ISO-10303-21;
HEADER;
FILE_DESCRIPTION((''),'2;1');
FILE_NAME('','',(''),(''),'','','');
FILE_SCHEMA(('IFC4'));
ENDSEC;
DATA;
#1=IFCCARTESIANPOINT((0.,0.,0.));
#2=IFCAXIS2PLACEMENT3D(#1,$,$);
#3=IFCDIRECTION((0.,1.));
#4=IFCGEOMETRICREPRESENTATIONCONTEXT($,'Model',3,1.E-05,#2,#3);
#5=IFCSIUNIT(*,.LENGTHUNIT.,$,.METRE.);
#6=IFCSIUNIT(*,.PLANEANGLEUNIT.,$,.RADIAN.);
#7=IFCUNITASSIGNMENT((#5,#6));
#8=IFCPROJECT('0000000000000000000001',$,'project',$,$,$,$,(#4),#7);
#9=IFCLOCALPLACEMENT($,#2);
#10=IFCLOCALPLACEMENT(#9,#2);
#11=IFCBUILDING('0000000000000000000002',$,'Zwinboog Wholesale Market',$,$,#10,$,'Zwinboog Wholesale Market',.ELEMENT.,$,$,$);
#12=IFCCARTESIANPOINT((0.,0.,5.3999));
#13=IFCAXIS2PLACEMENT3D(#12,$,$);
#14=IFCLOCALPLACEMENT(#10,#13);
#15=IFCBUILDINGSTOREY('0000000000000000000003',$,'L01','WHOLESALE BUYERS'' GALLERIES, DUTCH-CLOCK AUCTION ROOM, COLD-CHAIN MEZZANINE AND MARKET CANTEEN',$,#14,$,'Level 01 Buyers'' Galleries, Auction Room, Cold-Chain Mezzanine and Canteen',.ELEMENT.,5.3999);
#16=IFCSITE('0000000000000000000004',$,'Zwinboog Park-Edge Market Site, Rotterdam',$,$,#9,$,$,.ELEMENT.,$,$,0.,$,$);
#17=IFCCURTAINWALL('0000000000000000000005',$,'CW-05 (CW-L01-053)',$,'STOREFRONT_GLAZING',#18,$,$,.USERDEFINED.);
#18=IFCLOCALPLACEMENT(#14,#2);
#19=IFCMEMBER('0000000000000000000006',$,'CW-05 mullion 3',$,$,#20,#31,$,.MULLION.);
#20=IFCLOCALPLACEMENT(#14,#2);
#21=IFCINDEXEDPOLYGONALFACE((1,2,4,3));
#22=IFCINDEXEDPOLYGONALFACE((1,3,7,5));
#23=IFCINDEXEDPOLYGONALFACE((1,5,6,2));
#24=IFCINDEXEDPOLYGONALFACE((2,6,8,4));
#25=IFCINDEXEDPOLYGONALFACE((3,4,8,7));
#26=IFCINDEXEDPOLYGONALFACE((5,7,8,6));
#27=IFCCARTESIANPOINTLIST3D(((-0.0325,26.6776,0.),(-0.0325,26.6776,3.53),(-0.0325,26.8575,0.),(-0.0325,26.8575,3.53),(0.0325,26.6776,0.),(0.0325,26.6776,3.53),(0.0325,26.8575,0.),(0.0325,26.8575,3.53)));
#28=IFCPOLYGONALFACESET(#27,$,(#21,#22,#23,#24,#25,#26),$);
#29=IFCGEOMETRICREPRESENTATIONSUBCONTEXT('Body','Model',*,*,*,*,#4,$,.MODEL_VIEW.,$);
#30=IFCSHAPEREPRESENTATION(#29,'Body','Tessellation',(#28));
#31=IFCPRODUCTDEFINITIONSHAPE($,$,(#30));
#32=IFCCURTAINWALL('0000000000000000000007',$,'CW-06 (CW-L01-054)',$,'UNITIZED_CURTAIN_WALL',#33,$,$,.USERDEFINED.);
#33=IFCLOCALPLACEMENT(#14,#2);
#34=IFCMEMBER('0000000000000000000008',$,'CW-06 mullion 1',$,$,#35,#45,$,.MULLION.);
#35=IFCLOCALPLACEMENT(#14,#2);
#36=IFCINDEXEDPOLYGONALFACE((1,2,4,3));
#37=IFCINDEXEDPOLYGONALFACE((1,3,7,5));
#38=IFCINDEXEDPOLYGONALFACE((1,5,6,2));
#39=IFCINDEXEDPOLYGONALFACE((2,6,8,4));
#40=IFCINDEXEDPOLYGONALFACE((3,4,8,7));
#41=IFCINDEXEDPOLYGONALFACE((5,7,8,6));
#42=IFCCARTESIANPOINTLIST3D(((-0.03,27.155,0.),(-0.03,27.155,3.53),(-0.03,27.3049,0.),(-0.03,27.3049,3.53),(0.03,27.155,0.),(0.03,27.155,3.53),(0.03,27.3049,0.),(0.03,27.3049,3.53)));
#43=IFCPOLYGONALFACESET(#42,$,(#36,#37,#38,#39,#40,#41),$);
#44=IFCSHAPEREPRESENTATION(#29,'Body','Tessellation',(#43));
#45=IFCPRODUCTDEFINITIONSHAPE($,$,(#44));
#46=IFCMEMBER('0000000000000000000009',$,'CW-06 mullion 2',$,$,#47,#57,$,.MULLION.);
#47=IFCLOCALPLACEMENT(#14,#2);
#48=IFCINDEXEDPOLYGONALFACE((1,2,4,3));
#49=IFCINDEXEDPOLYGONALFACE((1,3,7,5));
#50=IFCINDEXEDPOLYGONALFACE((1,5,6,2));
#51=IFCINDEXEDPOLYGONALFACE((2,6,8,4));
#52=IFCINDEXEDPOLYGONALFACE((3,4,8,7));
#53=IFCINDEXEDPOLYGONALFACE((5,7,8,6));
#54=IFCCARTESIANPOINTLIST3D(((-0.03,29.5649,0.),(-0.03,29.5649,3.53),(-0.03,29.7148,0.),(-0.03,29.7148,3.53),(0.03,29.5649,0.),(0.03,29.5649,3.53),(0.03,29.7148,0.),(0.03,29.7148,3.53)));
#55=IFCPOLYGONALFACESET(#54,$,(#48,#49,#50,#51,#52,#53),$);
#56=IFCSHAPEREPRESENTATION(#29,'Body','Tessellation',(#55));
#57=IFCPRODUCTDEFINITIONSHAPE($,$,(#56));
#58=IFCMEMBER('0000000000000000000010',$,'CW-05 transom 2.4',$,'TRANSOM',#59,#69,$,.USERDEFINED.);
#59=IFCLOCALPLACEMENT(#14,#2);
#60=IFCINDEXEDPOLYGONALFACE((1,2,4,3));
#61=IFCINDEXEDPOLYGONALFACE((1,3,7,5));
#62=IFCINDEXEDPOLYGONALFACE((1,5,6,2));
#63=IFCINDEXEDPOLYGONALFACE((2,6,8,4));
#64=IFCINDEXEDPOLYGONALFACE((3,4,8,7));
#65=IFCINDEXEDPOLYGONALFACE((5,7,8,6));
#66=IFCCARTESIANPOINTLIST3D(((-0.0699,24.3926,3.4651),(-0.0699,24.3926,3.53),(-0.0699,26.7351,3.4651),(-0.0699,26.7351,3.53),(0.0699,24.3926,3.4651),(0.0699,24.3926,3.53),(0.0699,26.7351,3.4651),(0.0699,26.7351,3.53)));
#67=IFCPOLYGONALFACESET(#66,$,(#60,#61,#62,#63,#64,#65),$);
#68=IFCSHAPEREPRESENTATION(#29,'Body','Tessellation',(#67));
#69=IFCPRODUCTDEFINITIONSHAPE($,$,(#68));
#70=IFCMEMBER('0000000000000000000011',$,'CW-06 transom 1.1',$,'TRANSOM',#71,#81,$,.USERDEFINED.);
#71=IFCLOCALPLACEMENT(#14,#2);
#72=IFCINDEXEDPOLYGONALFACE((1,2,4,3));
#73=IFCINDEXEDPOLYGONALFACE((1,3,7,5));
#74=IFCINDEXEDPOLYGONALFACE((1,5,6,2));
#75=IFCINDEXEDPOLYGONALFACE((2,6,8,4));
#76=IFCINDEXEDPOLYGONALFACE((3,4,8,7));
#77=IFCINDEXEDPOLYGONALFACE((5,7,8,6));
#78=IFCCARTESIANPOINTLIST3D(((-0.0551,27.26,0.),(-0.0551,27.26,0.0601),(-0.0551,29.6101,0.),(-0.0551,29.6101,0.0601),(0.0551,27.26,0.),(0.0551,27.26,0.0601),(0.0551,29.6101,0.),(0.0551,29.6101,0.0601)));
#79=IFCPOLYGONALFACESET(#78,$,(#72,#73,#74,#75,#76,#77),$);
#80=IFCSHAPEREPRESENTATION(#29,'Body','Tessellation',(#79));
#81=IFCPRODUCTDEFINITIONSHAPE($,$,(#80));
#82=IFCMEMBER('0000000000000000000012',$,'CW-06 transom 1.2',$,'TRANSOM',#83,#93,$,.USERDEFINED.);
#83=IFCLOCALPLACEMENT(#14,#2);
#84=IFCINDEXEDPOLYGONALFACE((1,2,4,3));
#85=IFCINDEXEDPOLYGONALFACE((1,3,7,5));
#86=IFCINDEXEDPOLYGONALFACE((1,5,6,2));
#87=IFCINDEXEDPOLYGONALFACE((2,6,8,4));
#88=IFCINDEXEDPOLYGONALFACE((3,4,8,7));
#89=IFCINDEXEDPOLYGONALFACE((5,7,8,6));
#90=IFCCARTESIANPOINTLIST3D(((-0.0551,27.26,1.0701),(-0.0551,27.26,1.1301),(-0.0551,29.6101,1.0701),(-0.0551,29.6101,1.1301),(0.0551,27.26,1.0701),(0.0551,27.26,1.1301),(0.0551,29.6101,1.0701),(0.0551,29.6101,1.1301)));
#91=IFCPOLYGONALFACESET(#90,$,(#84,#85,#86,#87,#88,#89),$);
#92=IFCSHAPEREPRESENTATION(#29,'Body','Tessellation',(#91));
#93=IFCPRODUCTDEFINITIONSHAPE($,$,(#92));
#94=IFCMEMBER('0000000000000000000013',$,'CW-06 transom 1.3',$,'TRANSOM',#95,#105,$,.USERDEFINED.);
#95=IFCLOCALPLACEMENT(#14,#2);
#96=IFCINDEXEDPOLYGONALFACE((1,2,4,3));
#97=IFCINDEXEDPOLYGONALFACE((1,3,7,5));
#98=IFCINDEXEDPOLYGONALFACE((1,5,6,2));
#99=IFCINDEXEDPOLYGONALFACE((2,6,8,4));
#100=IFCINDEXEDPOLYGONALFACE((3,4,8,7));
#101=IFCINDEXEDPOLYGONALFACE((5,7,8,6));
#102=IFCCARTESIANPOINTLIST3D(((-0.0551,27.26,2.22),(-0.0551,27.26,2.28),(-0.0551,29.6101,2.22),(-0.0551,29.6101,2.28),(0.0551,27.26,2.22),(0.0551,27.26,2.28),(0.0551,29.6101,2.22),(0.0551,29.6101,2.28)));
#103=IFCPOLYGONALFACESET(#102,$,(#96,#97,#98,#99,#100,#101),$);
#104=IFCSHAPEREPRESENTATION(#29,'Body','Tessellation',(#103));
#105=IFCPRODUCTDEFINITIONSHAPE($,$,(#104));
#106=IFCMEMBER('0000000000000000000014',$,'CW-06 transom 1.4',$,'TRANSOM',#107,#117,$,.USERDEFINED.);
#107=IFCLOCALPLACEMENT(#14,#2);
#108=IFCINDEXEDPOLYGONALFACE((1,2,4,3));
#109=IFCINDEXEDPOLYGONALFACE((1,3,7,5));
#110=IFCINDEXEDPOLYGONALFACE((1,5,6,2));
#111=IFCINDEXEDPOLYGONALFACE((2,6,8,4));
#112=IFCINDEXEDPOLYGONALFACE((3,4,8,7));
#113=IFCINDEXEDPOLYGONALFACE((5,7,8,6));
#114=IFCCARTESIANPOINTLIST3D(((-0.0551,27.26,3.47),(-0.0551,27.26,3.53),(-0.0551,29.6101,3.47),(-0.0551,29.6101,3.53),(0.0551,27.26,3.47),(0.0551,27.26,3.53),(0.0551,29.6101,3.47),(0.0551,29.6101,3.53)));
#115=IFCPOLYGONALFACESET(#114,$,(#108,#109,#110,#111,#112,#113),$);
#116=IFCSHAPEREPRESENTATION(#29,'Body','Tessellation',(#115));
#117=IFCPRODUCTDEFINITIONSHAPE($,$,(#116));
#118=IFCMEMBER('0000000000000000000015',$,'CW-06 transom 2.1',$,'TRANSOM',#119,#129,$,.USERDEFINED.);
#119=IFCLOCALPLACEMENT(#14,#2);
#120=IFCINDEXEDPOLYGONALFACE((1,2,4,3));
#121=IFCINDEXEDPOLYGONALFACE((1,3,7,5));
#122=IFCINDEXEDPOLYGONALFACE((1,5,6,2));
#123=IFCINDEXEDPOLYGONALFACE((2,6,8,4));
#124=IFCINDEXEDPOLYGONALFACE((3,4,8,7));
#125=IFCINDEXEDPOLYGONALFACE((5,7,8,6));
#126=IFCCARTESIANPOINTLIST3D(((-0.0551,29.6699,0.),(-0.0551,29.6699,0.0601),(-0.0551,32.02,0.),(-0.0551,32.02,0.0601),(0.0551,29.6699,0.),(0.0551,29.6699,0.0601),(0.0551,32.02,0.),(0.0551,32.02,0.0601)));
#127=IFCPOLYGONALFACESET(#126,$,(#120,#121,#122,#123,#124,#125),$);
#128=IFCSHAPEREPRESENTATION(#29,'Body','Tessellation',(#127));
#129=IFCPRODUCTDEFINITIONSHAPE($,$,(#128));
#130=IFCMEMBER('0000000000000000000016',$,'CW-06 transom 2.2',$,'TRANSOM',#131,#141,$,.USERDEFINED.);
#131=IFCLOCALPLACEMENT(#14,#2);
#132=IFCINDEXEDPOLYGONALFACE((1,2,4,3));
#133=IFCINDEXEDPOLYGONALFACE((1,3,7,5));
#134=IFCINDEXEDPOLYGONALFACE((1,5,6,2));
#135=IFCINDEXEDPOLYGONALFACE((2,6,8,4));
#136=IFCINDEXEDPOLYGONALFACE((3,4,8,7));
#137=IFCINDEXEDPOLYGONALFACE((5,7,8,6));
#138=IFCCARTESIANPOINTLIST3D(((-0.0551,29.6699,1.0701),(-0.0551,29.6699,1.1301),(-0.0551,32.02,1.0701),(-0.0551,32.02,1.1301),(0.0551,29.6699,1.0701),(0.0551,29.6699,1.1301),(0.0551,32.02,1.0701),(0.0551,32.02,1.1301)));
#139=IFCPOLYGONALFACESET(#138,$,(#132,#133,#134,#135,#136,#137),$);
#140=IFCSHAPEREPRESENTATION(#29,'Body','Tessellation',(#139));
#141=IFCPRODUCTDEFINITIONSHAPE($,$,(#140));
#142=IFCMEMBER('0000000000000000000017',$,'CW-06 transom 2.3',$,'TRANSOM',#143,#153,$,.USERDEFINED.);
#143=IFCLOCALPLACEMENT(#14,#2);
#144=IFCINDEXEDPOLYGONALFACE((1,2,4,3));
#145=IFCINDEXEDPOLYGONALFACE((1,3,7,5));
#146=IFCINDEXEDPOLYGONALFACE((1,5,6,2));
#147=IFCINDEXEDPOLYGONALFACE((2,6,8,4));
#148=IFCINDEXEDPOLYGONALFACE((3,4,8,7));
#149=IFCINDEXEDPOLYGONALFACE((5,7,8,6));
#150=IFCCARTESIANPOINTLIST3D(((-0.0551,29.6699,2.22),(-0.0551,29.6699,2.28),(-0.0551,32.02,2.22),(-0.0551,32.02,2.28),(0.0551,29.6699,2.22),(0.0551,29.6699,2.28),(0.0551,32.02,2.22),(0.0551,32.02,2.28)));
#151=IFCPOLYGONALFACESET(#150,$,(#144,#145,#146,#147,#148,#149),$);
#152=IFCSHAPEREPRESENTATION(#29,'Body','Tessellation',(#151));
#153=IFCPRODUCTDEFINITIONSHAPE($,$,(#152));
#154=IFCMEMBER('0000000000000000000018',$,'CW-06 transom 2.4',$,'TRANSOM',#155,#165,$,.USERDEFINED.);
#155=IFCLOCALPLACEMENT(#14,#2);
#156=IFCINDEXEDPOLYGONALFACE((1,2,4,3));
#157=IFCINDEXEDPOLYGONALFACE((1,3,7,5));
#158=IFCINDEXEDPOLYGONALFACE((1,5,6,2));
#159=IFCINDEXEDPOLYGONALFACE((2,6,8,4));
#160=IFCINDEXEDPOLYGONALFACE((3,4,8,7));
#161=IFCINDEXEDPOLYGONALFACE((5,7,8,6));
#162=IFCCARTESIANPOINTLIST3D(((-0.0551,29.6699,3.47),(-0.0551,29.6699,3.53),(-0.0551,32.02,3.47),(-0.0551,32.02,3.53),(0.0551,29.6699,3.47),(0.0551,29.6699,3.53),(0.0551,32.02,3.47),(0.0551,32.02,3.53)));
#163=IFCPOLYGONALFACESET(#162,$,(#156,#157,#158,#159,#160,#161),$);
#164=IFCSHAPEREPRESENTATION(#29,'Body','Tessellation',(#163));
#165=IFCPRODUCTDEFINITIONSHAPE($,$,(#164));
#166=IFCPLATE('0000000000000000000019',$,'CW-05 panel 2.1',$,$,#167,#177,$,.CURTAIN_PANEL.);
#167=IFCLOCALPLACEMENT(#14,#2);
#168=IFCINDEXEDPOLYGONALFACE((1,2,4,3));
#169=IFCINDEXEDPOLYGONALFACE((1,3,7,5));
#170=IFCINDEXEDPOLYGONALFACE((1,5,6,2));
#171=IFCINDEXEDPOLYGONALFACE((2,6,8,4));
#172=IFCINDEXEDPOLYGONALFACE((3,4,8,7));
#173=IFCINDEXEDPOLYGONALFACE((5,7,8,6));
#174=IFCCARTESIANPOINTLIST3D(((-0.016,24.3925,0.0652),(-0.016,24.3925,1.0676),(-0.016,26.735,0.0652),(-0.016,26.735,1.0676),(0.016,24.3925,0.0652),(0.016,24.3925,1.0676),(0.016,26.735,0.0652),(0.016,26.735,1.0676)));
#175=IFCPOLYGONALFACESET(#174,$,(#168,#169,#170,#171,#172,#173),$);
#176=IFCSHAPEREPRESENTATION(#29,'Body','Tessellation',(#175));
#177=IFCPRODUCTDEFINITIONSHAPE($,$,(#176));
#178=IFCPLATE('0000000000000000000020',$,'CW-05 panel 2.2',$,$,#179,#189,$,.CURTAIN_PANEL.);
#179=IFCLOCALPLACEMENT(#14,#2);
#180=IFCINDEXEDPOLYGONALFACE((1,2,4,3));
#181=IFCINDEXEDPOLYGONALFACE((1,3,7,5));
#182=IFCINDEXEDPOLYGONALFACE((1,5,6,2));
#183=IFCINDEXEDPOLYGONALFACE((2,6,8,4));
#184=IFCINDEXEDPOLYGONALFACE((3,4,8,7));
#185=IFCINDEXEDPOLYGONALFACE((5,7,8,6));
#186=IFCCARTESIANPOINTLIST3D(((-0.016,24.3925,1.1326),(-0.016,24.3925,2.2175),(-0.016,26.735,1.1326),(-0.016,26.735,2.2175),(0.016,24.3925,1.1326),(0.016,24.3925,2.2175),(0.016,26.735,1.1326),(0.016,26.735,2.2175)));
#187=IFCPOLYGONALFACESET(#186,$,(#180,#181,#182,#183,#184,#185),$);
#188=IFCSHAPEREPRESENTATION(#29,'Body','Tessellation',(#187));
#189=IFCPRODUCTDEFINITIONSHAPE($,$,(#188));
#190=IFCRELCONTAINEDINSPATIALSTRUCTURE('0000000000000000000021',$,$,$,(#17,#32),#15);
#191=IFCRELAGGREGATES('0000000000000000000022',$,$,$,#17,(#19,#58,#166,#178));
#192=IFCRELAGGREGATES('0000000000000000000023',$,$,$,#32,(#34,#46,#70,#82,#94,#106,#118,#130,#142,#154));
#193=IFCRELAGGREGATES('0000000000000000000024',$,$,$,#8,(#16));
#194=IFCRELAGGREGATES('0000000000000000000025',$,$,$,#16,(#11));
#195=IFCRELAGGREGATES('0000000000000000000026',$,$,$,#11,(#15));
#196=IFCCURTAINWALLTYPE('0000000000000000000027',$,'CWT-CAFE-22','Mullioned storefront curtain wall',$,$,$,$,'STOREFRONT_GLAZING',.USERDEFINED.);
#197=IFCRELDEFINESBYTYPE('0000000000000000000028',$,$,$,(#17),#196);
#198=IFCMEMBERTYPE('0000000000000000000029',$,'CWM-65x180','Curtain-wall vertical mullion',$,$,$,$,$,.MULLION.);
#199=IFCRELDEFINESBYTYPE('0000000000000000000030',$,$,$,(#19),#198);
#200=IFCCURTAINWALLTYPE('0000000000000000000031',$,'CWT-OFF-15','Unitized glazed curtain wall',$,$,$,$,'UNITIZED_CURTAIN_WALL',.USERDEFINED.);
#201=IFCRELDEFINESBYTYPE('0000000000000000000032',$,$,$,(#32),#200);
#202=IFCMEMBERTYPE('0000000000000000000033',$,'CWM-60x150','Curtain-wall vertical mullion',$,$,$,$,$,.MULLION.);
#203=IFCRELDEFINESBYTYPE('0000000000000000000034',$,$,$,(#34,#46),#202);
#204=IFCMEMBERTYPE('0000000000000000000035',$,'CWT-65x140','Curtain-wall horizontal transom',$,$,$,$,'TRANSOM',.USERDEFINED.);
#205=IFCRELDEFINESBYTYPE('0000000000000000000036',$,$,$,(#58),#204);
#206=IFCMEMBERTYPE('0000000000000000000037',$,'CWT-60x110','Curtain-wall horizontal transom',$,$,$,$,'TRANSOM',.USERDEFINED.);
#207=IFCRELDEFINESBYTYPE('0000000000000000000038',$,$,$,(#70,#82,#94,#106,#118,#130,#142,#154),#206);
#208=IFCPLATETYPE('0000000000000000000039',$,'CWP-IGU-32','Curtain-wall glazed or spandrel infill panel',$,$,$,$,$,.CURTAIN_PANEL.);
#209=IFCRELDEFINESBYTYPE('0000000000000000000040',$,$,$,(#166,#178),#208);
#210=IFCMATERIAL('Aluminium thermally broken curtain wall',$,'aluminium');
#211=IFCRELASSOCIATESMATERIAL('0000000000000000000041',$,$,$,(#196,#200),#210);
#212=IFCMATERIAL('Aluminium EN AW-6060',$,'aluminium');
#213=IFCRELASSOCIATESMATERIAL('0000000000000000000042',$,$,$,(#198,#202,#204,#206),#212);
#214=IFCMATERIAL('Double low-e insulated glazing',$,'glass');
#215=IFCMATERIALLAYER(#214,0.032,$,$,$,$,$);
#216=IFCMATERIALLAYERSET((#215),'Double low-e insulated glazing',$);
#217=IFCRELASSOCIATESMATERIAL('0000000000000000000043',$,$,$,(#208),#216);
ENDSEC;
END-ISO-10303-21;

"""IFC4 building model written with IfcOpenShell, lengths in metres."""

from ifc_helpers import new_model, si_unit, direction, frame, origin, origin_2d, place, context, subcontext, project, spatial, rectangle, extrude, material, layer, layer_set, material_profile, profile_set, type_object, element, aggregate, save


model = new_model("IFC4")

# Units and contexts
model_context = context("Model", 3, precision=1e-05, world=origin(), true_north=direction((0.0, 1.0)))
body_context = subcontext(model_context, "Body", "Model", "MODEL_VIEW")
ifc_project = project(units=[si_unit("LENGTHUNIT", "METRE"), si_unit("PLANEANGLEUNIT", "RADIAN")], contexts=[model_context])

# Site, building, storey
site_placement = place(None, origin())
site = spatial("IfcSite", under=ifc_project, at=site_placement, Name="Zwinboog Park-Edge Market Site, Rotterdam", CompositionType="ELEMENT", RefElevation=0.0)
building_placement = place(site_placement, origin())
building = spatial("IfcBuilding", under=site, at=building_placement, Name="Zwinboog Wholesale Market", LongName="Zwinboog Wholesale Market", CompositionType="ELEMENT")
storey_placement = place(building_placement, frame((0.0, 0.0, 5.3999)))
storey = spatial("IfcBuildingStorey", under=building, at=storey_placement, Name="L01", Description="WHOLESALE BUYERS' GALLERIES, DUTCH-CLOCK AUCTION ROOM, COLD-CHAIN MEZZANINE AND MARKET CANTEEN", LongName="Level 01 Buyers' Galleries, Auction Room, Cold-Chain Mezzanine and Canteen", CompositionType="ELEMENT", Elevation=5.3999)

# Curtain wall, member
ifc_material_1 = material(Name="Aluminium thermally broken curtain wall", Category="aluminium")
curtain_wall_type_1 = type_object("IfcCurtainWallType", Name="CWT-CAFE-22", Description="Mullioned storefront curtain wall", ElementType="STOREFRONT_GLAZING", PredefinedType="USERDEFINED", material=ifc_material_1)
curtain_wall_1_placement = place(storey_placement, origin())
curtain_wall_1 = element("IfcCurtainWall", 1, at=curtain_wall_1_placement, inside=storey, type_object=curtain_wall_type_1, Name="CW-05 (CW-L01-053)", ObjectType="STOREFRONT_GLAZING", PredefinedType="USERDEFINED")
ifc_material_2 = material(Name="Aluminium EN AW-6060", Category="aluminium")
ifc_material_profile_1 = material_profile(ifc_material_2, rectangle(XDim=0.0649, YDim=0.1799, at=origin_2d()), Name="AL 65x180")
ifc_profile_set_1 = profile_set([ifc_material_profile_1], Name="Aluminium EN AW-6060")
member_type_1 = type_object("IfcMemberType", Name="CWM-65x180", Description="Curtain-wall vertical mullion", PredefinedType="MULLION", material=ifc_profile_set_1)
member_1_placement = place(storey_placement, frame((0.0, 26.7676, 0.0), z_axis=(0.0, 0.0, 1.0), x_axis=(-1.0, 0.0, 0.0)))
member_1 = element("IfcMember", 2, at=member_1_placement, type_object=member_type_1, Name="CW-05 mullion 3", PredefinedType="MULLION", context=body_context, shape_type="SweptSolid", body=[
    extrude(rectangle(XDim=0.0649, YDim=0.1799, at=origin_2d()), origin(), (0.0, 0.0, 1.0), 3.53),
])

# Curtain wall, members
curtain_wall_type_2 = type_object("IfcCurtainWallType", Name="CWT-OFF-15", Description="Unitized glazed curtain wall", ElementType="UNITIZED_CURTAIN_WALL", PredefinedType="USERDEFINED", material=ifc_material_1)
curtain_wall_2_placement = place(storey_placement, origin())
curtain_wall_2 = element("IfcCurtainWall", 3, at=curtain_wall_2_placement, inside=storey, type_object=curtain_wall_type_2, Name="CW-06 (CW-L01-054)", ObjectType="UNITIZED_CURTAIN_WALL", PredefinedType="USERDEFINED")
ifc_material_profile_2 = material_profile(ifc_material_2, rectangle(XDim=0.0601, YDim=0.1499, at=origin_2d()), Name="AL 60x150")
ifc_profile_set_2 = profile_set([ifc_material_profile_2], Name="Aluminium EN AW-6060")
member_type_2 = type_object("IfcMemberType", Name="CWM-60x150", Description="Curtain-wall vertical mullion", PredefinedType="MULLION", material=ifc_profile_set_2)
member_2_placement = place(storey_placement, frame((0.0, 27.23, 0.0), z_axis=(0.0, 0.0, 1.0), x_axis=(-1.0, 0.0, 0.0)))
member_2 = element("IfcMember", 4, at=member_2_placement, type_object=member_type_2, Name="CW-06 mullion 1", PredefinedType="MULLION", context=body_context, shape_type="SweptSolid", body=[
    extrude(rectangle(XDim=0.0601, YDim=0.1499, at=origin_2d()), origin(), (0.0, 0.0, 1.0), 3.53),
])
member_3_placement = place(storey_placement, frame((0.0, 29.6399, 0.0), z_axis=(0.0, 0.0, 1.0), x_axis=(-1.0, 0.0, 0.0)))
member_3 = element("IfcMember", 5, at=member_3_placement, type_object=member_type_2, Name="CW-06 mullion 2", PredefinedType="MULLION", context=body_context, shape_type="SweptSolid", body=[
    extrude(rectangle(XDim=0.0601, YDim=0.1499, at=origin_2d()), origin(), (0.0, 0.0, 1.0), 3.53),
])

# Members
ifc_material_profile_3 = material_profile(ifc_material_2, rectangle(XDim=0.1399, YDim=0.0649, at=origin_2d()), Name="AL 65x140")
ifc_profile_set_3 = profile_set([ifc_material_profile_3], Name="Aluminium EN AW-6060")
member_type_3 = type_object("IfcMemberType", Name="CWT-65x140", Description="Curtain-wall horizontal transom", ElementType="TRANSOM", PredefinedType="USERDEFINED", material=ifc_profile_set_3)
member_4_placement = place(storey_placement, frame((0.0, 24.3926, 3.4976), z_axis=(0.0, 1.0, 0.0), x_axis=(-1.0, 0.0, 0.0)))
member_4 = element("IfcMember", 6, at=member_4_placement, type_object=member_type_3, Name="CW-05 transom 2.4", ObjectType="TRANSOM", PredefinedType="USERDEFINED", context=body_context, shape_type="SweptSolid", body=[
    extrude(rectangle(XDim=0.1399, YDim=0.0649, at=origin_2d()), origin(), (0.0, 0.0, 1.0), 2.3425),
])
ifc_material_profile_4 = material_profile(ifc_material_2, rectangle(XDim=0.1101, YDim=0.0601, at=origin_2d()), Name="AL 60x110")
ifc_profile_set_4 = profile_set([ifc_material_profile_4], Name="Aluminium EN AW-6060")
member_type_4 = type_object("IfcMemberType", Name="CWT-60x110", Description="Curtain-wall horizontal transom", ElementType="TRANSOM", PredefinedType="USERDEFINED", material=ifc_profile_set_4)
member_5_placement = place(storey_placement, frame((0.0, 27.26, 0.03), z_axis=(0.0, 1.0, 0.0), x_axis=(-1.0, 0.0, 0.0)))
member_5 = element("IfcMember", 7, at=member_5_placement, type_object=member_type_4, Name="CW-06 transom 1.1", ObjectType="TRANSOM", PredefinedType="USERDEFINED", context=body_context, shape_type="SweptSolid", body=[
    extrude(rectangle(XDim=0.1101, YDim=0.0601, at=origin_2d()), origin(), (0.0, 0.0, 1.0), 2.3501),
])
member_6_placement = place(storey_placement, frame((0.0, 27.26, 1.1001), z_axis=(0.0, 1.0, 0.0), x_axis=(-1.0, 0.0, 0.0)))
member_6 = element("IfcMember", 8, at=member_6_placement, type_object=member_type_4, Name="CW-06 transom 1.2", ObjectType="TRANSOM", PredefinedType="USERDEFINED", context=body_context, shape_type="SweptSolid", body=[
    extrude(rectangle(XDim=0.1101, YDim=0.0601, at=origin_2d()), origin(), (0.0, 0.0, 1.0), 2.3501),
])
member_7_placement = place(storey_placement, frame((0.0, 27.26, 2.25), z_axis=(0.0, 1.0, 0.0), x_axis=(-1.0, 0.0, 0.0)))
member_7 = element("IfcMember", 9, at=member_7_placement, type_object=member_type_4, Name="CW-06 transom 1.3", ObjectType="TRANSOM", PredefinedType="USERDEFINED", context=body_context, shape_type="SweptSolid", body=[
    extrude(rectangle(XDim=0.1101, YDim=0.0601, at=origin_2d()), origin(), (0.0, 0.0, 1.0), 2.3501),
])
member_8_placement = place(storey_placement, frame((0.0, 27.26, 3.5), z_axis=(0.0, 1.0, 0.0), x_axis=(-1.0, 0.0, 0.0)))
member_8 = element("IfcMember", 10, at=member_8_placement, type_object=member_type_4, Name="CW-06 transom 1.4", ObjectType="TRANSOM", PredefinedType="USERDEFINED", context=body_context, shape_type="SweptSolid", body=[
    extrude(rectangle(XDim=0.1101, YDim=0.0601, at=origin_2d()), origin(), (0.0, 0.0, 1.0), 2.3501),
])
member_9_placement = place(storey_placement, frame((0.0, 29.6699, 0.03), z_axis=(0.0, 1.0, 0.0), x_axis=(-1.0, 0.0, 0.0)))
member_9 = element("IfcMember", 11, at=member_9_placement, type_object=member_type_4, Name="CW-06 transom 2.1", ObjectType="TRANSOM", PredefinedType="USERDEFINED", context=body_context, shape_type="SweptSolid", body=[
    extrude(rectangle(XDim=0.1101, YDim=0.0601, at=origin_2d()), origin(), (0.0, 0.0, 1.0), 2.3501),
])
member_10_placement = place(storey_placement, frame((0.0, 29.6699, 1.1001), z_axis=(0.0, 1.0, 0.0), x_axis=(-1.0, 0.0, 0.0)))
member_10 = element("IfcMember", 12, at=member_10_placement, type_object=member_type_4, Name="CW-06 transom 2.2", ObjectType="TRANSOM", PredefinedType="USERDEFINED", context=body_context, shape_type="SweptSolid", body=[
    extrude(rectangle(XDim=0.1101, YDim=0.0601, at=origin_2d()), origin(), (0.0, 0.0, 1.0), 2.3501),
])
member_11_placement = place(storey_placement, frame((0.0, 29.6699, 2.25), z_axis=(0.0, 1.0, 0.0), x_axis=(-1.0, 0.0, 0.0)))
member_11 = element("IfcMember", 13, at=member_11_placement, type_object=member_type_4, Name="CW-06 transom 2.3", ObjectType="TRANSOM", PredefinedType="USERDEFINED", context=body_context, shape_type="SweptSolid", body=[
    extrude(rectangle(XDim=0.1101, YDim=0.0601, at=origin_2d()), origin(), (0.0, 0.0, 1.0), 2.3501),
])
member_12_placement = place(storey_placement, frame((0.0, 29.6699, 3.5), z_axis=(0.0, 1.0, 0.0), x_axis=(-1.0, 0.0, 0.0)))
member_12 = element("IfcMember", 14, at=member_12_placement, type_object=member_type_4, Name="CW-06 transom 2.4", ObjectType="TRANSOM", PredefinedType="USERDEFINED", context=body_context, shape_type="SweptSolid", body=[
    extrude(rectangle(XDim=0.1101, YDim=0.0601, at=origin_2d()), origin(), (0.0, 0.0, 1.0), 2.3501),
])

# Plates
ifc_material_3 = material(Name="Double low-e insulated glazing", Category="glass")
ifc_layer_1 = layer(ifc_material_3, 0.032)
ifc_layer_set_1 = layer_set([ifc_layer_1], Name="Double low-e insulated glazing")
plate_type = type_object("IfcPlateType", Name="CWP-IGU-32", Description="Curtain-wall glazed or spandrel infill panel", PredefinedType="CURTAIN_PANEL", material=ifc_layer_set_1)
plate_1_placement = place(storey_placement, frame((0.0, 25.5637, 0.0652), z_axis=(0.0, 0.0, 1.0), x_axis=(0.0, 1.0, 0.0)))
plate_1 = element("IfcPlate", 15, at=plate_1_placement, type_object=plate_type, Name="CW-05 panel 2.1", PredefinedType="CURTAIN_PANEL", context=body_context, shape_type="SweptSolid", body=[
    extrude(rectangle(XDim=2.3425, YDim=0.032, at=origin_2d()), origin(), (0.0, 0.0, 1.0), 1.0024),
])
plate_2_placement = place(storey_placement, frame((0.0, 25.5637, 1.1326), z_axis=(0.0, 0.0, 1.0), x_axis=(0.0, 1.0, 0.0)))
plate_2 = element("IfcPlate", 16, at=plate_2_placement, type_object=plate_type, Name="CW-05 panel 2.2", PredefinedType="CURTAIN_PANEL", context=body_context, shape_type="SweptSolid", body=[
    extrude(rectangle(XDim=2.3425, YDim=0.032, at=origin_2d()), origin(), (0.0, 0.0, 1.0), 1.085),
])
aggregate(curtain_wall_1, [member_1, member_4, plate_1, plate_2])
aggregate(curtain_wall_2, [member_2, member_3, member_5, member_6, member_7, member_8, member_9, member_10, member_11, member_12])

save(model, "model.ifc")
